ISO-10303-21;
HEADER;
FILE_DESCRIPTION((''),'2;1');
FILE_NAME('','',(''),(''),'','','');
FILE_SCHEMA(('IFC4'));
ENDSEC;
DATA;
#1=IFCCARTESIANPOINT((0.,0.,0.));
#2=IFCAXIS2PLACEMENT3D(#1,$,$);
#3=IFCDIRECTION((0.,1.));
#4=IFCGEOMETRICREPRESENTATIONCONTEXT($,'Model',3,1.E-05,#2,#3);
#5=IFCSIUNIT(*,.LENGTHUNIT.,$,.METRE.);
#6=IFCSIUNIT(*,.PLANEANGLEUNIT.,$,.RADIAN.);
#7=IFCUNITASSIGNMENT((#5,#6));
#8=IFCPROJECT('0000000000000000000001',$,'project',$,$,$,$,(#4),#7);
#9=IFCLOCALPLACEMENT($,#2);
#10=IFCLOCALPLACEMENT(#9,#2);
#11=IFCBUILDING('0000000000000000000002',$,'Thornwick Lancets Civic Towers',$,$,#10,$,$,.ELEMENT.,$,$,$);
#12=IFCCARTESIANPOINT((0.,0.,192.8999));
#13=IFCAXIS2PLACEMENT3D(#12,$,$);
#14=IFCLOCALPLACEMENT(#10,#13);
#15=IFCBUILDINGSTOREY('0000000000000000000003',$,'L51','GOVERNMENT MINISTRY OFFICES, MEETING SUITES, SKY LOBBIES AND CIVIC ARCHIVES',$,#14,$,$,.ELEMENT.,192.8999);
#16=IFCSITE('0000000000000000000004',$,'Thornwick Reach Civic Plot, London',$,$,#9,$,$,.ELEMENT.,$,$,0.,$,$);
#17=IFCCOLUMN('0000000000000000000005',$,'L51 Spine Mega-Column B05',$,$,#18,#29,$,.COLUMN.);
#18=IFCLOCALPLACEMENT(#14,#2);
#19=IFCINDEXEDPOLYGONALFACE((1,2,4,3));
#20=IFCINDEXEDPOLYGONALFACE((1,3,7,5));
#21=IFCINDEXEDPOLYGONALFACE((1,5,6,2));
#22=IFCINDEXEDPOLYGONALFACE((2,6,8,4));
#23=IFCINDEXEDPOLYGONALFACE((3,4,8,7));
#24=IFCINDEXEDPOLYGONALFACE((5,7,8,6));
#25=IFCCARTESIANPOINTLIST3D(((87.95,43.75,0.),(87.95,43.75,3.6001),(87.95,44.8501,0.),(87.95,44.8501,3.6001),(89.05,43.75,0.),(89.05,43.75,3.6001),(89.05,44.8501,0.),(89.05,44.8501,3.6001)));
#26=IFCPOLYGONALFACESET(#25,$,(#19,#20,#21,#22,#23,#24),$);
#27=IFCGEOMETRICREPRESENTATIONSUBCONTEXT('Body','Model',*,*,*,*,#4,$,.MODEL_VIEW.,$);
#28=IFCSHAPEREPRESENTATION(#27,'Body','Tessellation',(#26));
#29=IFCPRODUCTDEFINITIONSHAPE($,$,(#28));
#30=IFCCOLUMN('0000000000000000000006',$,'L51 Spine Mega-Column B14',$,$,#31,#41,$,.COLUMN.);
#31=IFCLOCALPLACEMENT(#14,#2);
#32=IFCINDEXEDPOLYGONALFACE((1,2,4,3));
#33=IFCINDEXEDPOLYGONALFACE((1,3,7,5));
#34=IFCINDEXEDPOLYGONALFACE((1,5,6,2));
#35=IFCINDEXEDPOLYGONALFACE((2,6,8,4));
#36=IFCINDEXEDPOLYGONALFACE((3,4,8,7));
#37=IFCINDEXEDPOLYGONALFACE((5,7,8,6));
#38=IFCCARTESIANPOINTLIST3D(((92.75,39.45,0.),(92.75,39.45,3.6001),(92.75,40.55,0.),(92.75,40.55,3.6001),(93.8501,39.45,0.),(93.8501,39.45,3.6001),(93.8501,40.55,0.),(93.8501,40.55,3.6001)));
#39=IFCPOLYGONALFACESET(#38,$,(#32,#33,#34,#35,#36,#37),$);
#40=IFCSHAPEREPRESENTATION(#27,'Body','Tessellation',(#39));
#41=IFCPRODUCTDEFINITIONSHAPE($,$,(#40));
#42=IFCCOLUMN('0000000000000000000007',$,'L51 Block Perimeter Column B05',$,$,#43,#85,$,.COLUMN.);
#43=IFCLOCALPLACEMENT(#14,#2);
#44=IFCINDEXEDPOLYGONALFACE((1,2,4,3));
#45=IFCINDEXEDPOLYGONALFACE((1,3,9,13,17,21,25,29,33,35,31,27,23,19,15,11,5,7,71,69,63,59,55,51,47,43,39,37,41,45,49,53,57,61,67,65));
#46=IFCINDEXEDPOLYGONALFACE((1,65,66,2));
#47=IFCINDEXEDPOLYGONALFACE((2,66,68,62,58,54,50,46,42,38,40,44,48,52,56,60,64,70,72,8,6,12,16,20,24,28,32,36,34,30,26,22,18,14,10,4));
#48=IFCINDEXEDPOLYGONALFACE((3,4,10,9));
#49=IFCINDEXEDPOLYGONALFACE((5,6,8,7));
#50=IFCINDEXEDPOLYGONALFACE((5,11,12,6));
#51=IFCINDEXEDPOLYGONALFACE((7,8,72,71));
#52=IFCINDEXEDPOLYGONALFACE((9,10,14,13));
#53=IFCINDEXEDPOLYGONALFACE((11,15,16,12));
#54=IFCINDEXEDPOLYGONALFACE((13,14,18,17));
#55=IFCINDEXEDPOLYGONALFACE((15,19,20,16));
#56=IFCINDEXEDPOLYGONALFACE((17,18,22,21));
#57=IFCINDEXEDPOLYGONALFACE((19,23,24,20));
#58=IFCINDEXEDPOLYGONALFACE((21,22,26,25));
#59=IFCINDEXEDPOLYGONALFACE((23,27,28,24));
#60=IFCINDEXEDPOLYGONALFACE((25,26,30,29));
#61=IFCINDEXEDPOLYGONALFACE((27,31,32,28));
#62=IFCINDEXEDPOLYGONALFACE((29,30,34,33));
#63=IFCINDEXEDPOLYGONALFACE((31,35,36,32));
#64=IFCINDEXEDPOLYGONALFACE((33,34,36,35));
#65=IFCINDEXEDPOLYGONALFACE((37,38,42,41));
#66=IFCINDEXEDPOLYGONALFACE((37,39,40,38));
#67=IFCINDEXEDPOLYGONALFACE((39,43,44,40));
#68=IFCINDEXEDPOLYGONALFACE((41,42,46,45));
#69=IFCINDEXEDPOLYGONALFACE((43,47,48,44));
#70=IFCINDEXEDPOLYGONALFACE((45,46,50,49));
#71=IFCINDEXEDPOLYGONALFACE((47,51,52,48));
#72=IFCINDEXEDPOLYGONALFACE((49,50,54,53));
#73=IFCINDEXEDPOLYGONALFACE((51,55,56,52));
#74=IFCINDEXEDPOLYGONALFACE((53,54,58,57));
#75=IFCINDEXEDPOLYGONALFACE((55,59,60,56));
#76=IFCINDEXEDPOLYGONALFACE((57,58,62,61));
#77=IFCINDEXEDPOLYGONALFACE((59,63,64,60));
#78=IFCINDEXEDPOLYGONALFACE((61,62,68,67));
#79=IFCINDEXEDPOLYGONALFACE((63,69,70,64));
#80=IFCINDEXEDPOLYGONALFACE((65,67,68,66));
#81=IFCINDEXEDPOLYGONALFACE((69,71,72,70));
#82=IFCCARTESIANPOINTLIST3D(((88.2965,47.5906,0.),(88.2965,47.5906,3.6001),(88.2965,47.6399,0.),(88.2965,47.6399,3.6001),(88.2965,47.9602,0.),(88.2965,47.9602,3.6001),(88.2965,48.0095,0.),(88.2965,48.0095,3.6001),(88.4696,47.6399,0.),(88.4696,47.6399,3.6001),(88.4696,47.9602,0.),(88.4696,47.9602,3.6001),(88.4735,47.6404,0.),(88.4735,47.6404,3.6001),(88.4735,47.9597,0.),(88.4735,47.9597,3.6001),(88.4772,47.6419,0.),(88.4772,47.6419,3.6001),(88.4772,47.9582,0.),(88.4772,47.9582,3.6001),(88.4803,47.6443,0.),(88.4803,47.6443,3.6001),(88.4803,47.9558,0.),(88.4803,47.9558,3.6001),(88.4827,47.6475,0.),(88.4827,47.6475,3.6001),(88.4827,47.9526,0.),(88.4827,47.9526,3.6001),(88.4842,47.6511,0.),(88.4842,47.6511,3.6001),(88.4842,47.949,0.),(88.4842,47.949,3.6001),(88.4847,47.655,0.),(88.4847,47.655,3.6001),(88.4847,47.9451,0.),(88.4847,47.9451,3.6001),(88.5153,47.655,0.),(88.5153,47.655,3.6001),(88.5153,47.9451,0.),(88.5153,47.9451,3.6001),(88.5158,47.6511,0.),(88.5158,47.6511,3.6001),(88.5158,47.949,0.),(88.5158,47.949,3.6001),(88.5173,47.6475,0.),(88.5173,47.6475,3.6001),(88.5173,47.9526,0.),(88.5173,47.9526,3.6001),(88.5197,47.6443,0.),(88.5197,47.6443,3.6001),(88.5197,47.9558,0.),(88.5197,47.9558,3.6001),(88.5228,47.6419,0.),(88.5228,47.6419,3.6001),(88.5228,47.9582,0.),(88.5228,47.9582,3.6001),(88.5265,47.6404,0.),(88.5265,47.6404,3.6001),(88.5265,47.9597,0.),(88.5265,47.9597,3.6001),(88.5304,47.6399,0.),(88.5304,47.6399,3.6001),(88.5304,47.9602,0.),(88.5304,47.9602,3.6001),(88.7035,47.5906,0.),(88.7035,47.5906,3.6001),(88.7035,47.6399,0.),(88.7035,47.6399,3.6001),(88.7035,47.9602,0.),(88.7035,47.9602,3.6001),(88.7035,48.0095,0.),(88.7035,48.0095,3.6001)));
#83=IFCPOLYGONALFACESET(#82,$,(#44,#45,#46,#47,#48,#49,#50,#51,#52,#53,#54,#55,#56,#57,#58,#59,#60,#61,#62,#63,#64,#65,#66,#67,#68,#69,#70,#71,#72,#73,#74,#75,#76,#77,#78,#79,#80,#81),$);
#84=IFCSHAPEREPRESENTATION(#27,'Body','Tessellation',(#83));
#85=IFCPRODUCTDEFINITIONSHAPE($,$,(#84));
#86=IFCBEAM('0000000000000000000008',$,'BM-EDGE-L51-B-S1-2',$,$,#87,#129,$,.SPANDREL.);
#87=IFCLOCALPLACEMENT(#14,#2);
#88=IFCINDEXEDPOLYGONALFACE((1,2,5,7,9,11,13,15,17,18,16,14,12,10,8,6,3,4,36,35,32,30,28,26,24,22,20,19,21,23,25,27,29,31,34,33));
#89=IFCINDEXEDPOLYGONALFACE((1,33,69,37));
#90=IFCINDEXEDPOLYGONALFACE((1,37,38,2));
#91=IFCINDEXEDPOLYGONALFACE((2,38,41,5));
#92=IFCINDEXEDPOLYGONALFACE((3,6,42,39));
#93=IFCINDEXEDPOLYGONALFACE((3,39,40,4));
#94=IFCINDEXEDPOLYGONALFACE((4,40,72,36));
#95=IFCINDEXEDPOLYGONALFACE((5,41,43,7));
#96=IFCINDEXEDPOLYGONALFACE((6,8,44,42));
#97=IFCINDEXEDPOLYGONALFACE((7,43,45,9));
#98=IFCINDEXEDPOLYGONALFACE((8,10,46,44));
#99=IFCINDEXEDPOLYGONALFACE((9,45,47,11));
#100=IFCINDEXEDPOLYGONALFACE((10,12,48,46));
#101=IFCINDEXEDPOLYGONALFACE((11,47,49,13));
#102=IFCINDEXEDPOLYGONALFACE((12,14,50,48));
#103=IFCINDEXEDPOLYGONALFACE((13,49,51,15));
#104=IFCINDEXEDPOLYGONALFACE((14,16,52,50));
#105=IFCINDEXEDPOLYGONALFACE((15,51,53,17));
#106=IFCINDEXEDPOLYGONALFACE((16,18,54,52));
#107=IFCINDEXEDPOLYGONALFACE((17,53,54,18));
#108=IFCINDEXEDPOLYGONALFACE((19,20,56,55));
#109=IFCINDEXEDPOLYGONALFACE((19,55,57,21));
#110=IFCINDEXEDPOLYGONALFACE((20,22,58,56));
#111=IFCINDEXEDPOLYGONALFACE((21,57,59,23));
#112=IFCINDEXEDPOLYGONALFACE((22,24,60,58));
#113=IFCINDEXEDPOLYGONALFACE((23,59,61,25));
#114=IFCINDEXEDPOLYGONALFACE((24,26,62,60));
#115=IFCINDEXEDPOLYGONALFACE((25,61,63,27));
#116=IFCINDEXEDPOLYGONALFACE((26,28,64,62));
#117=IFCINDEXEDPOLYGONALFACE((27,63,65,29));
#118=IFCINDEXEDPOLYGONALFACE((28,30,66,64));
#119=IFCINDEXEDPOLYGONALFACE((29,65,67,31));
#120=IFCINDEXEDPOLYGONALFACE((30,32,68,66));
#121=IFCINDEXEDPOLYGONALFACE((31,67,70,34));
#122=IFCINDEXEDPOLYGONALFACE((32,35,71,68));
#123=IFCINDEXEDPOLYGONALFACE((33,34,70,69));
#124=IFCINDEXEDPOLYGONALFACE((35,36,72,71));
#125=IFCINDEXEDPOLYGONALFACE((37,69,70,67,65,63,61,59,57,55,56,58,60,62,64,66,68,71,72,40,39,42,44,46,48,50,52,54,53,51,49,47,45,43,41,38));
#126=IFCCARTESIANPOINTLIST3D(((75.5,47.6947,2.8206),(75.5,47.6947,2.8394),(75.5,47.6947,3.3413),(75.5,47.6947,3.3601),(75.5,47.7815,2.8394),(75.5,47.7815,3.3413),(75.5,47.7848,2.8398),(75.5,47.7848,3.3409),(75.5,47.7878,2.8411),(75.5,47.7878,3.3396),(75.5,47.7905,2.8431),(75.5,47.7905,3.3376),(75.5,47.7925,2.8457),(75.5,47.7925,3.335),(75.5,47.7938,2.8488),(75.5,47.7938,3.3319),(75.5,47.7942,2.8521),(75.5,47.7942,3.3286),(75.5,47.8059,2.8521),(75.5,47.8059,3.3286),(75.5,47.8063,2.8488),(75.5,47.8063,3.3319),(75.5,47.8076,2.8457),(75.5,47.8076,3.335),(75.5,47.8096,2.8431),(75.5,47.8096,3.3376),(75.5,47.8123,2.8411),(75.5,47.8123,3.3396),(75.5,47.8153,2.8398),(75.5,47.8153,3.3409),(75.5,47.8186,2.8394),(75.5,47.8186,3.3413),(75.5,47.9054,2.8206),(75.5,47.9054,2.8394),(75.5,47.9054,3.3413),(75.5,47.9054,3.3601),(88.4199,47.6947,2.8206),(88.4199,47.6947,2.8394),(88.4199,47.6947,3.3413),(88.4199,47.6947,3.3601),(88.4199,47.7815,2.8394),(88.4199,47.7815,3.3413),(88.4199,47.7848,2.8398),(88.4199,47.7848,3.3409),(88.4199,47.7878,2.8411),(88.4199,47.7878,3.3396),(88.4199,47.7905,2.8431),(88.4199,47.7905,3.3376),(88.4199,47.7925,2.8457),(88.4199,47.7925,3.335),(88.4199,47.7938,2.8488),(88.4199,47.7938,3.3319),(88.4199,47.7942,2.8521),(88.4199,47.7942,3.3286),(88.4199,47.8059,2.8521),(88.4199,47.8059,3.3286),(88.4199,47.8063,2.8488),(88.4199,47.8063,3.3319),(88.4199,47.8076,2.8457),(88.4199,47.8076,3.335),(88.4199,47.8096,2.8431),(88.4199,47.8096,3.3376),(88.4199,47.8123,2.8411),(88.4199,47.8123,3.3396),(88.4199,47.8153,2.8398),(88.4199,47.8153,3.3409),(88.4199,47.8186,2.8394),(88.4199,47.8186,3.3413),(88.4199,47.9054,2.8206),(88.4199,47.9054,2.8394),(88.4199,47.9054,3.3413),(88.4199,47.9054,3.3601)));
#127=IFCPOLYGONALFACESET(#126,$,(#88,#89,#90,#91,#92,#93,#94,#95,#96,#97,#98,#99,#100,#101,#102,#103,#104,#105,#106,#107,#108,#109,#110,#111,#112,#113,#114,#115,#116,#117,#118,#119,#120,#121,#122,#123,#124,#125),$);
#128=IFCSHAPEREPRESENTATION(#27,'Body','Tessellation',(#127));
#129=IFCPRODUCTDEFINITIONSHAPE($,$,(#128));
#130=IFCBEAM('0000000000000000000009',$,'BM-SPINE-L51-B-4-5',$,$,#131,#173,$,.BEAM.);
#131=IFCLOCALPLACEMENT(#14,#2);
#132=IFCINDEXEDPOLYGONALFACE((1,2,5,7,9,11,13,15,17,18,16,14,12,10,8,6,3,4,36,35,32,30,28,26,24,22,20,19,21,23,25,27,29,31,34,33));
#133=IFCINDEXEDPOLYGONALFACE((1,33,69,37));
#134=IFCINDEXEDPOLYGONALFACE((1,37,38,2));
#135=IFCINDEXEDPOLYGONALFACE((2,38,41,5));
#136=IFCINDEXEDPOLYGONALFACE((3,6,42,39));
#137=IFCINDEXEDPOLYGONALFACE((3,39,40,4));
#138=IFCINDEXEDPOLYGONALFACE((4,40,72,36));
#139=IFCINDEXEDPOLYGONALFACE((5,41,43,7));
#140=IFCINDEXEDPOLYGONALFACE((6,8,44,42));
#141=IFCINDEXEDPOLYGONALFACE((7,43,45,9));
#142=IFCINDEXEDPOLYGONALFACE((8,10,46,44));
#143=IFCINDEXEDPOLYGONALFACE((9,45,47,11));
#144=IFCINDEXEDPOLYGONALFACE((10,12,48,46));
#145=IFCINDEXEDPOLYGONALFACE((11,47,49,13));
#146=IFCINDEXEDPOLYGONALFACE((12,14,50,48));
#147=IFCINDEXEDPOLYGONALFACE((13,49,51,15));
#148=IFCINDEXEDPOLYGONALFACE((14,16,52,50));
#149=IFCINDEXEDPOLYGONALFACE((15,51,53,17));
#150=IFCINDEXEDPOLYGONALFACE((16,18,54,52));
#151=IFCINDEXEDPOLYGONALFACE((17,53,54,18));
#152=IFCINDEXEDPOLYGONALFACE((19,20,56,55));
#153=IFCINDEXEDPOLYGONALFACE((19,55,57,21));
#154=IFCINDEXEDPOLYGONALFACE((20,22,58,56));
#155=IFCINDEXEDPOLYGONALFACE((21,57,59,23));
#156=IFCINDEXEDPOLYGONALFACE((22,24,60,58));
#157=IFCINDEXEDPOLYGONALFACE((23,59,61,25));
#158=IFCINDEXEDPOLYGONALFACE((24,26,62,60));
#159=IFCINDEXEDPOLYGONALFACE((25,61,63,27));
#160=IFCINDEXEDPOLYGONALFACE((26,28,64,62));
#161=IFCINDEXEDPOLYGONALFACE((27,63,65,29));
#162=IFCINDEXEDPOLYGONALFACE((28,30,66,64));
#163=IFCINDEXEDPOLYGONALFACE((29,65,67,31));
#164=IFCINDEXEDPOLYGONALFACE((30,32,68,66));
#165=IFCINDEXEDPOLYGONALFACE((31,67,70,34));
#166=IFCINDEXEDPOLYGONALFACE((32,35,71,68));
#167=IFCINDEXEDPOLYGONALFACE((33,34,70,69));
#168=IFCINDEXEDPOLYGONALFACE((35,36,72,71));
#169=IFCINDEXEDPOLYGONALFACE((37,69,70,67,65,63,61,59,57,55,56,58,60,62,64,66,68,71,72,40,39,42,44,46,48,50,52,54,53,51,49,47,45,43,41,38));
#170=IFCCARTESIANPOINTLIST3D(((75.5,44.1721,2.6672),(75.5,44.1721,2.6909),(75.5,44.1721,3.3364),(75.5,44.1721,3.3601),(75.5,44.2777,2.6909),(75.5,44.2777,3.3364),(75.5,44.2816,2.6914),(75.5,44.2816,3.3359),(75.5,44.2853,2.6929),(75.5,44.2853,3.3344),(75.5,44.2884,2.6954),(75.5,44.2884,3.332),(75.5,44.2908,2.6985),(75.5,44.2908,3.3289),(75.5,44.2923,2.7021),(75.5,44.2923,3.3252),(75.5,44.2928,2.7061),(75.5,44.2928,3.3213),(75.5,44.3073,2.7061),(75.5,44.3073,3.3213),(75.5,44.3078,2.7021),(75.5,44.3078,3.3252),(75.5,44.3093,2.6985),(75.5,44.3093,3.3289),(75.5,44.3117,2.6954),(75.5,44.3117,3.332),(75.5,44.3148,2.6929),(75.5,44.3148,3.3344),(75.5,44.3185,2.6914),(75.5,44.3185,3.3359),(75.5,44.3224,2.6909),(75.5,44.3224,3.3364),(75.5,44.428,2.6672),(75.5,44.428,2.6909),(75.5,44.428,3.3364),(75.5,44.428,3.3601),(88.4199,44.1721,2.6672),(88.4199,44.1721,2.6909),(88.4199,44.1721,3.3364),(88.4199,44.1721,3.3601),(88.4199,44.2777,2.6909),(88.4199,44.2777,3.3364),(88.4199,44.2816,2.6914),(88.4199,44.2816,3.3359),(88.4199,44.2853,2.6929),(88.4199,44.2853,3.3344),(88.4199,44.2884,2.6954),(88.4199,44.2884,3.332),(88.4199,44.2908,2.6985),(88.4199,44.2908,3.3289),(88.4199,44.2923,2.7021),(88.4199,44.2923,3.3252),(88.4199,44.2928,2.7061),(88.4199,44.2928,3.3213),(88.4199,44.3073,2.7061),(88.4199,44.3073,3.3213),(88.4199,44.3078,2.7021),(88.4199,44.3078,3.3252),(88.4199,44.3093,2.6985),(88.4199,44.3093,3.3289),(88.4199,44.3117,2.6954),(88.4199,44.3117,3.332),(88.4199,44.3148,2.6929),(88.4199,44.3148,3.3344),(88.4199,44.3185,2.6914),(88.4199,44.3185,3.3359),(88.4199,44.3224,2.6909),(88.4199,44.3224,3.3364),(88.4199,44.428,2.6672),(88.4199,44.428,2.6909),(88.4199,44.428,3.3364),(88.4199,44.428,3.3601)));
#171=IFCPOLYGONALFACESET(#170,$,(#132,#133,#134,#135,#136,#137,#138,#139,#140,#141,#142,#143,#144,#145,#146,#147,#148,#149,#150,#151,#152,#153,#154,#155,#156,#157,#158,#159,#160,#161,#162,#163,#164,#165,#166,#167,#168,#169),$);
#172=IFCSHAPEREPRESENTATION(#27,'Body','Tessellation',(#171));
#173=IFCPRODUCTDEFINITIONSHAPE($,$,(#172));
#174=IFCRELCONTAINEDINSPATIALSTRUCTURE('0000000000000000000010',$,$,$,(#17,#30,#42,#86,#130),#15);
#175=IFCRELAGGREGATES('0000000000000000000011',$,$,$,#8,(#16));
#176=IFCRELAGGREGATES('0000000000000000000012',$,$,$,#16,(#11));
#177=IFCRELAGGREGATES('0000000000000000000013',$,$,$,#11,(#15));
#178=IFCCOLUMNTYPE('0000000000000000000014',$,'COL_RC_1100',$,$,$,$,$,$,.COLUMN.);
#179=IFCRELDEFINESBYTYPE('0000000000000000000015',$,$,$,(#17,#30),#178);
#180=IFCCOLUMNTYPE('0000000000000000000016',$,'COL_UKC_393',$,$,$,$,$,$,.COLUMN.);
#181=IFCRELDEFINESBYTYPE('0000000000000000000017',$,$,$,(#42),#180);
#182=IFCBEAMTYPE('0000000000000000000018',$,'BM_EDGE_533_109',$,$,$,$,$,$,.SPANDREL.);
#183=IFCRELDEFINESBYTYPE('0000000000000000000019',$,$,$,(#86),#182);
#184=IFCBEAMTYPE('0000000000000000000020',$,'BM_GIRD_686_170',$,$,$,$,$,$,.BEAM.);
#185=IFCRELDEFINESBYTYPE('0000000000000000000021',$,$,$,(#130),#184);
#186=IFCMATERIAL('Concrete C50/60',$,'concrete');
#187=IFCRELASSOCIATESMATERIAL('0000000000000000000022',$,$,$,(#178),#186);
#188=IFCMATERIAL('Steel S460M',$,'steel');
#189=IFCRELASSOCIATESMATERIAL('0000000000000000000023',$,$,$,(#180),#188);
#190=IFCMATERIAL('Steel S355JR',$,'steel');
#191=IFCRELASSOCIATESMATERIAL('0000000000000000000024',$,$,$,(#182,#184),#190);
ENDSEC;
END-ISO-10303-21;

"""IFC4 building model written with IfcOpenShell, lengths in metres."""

from ifc_helpers import new_model, si_unit, direction, frame, origin, origin_2d, place, context, subcontext, project, spatial, rectangle, i_section, extrude, material, material_profile, profile_set, type_object, element, save


model = new_model("IFC4")

# Units and contexts
model_context = context("Model", 3, precision=1e-05, world=origin(), true_north=direction((0.0, 1.0)))
body_context = subcontext(model_context, "Body", "Model", "MODEL_VIEW")
ifc_project = project(units=[si_unit("LENGTHUNIT", "METRE"), si_unit("PLANEANGLEUNIT", "RADIAN")], contexts=[model_context])

# Site, building, storey
site_placement = place(None, origin())
site = spatial("IfcSite", under=ifc_project, at=site_placement, Name="Thornwick Reach Civic Plot, London", CompositionType="ELEMENT", RefElevation=0.0)
building_placement = place(site_placement, origin())
building = spatial("IfcBuilding", under=site, at=building_placement, Name="Thornwick Lancets Civic Towers", CompositionType="ELEMENT")
storey_placement = place(building_placement, frame((0.0, 0.0, 192.8999)))
storey = spatial("IfcBuildingStorey", under=building, at=storey_placement, Name="L51", Description="GOVERNMENT MINISTRY OFFICES, MEETING SUITES, SKY LOBBIES AND CIVIC ARCHIVES", CompositionType="ELEMENT", Elevation=192.8999)

# Columns
ifc_material_1 = material(Name="Concrete C50/60", Category="concrete")
ifc_material_profile_1 = material_profile(ifc_material_1, rectangle(XDim=1.1001, YDim=1.1001, at=origin_2d()), Name="RC 1100x1100")
ifc_profile_set_1 = profile_set([ifc_material_profile_1], Name="Concrete C50/60")
column_type_1 = type_object("IfcColumnType", Name="COL_RC_1100", PredefinedType="COLUMN", material=ifc_profile_set_1)
for number, where, z_axis, x_axis, name in (
    (1, (88.5, 44.3, 0.0), (0.0, 0.0, 1.0), (1.0, 0.0, 0.0), "L51 Spine Mega-Column B05"),
    (2, (93.3, 40.0, 0.0), (0.0, 0.0, 1.0), (1.0, 0.0, 0.0), "L51 Spine Mega-Column B14"),
):
    element("IfcColumn", number, at=place(storey_placement, frame(where, z_axis=z_axis, x_axis=x_axis)), inside=storey, type_object=column_type_1, Name=name, PredefinedType="COLUMN", context=body_context, shape_type="SweptSolid", body=[
        extrude(rectangle(XDim=1.1001, YDim=1.1001, at=origin_2d()), origin(), (0.0, 0.0, 1.0), 3.6001),
    ])
ifc_material_2 = material(Name="Steel S460M", Category="steel")
ifc_material_profile_2 = material_profile(ifc_material_2, i_section(OverallWidth=0.407, OverallDepth=0.4189, WebThickness=0.0305, FlangeThickness=0.0493, FilletRadius=0.0151, at=origin_2d()), Name="UKC 356x406x393")
ifc_profile_set_2 = profile_set([ifc_material_profile_2], Name="Steel S460M")
column_type_2 = type_object("IfcColumnType", Name="COL_UKC_393", PredefinedType="COLUMN", material=ifc_profile_set_2)
column_placement = place(storey_placement, frame((88.5, 47.8, 0.0), z_axis=(0.0, 0.0, 1.0), x_axis=(1.0, 0.0, 0.0)))
element("IfcColumn", 3, at=column_placement, inside=storey, type_object=column_type_2, Name="L51 Block Perimeter Column B05", PredefinedType="COLUMN", context=body_context, shape_type="SweptSolid", body=[
    extrude(i_section(OverallWidth=0.407, OverallDepth=0.4189, WebThickness=0.0305, FlangeThickness=0.0493, FilletRadius=0.0151, at=origin_2d()), origin(), (0.0, 0.0, 1.0), 3.6001),
])

# Beams
ifc_material_3 = material(Name="Steel S355JR", Category="steel")
ifc_material_profile_3 = material_profile(ifc_material_3, i_section(OverallWidth=0.2107, OverallDepth=0.5396, WebThickness=0.0117, FlangeThickness=0.0188, FilletRadius=0.0127, at=origin_2d()), Name="UKB 533x210x109")
ifc_profile_set_3 = profile_set([ifc_material_profile_3], Name="Steel S355JR")
beam_type_1 = type_object("IfcBeamType", Name="BM_EDGE_533_109", PredefinedType="SPANDREL", material=ifc_profile_set_3)
beam_1_placement = place(storey_placement, frame((88.4199, 47.8, 3.0903), z_axis=(-1.0, 0.0, 0.0), x_axis=(0.0, -1.0, 0.0)))
element("IfcBeam", 4, at=beam_1_placement, inside=storey, type_object=beam_type_1, Name="BM-EDGE-L51-B-S1-2", PredefinedType="SPANDREL", context=body_context, shape_type="SweptSolid", body=[
    extrude(i_section(OverallWidth=0.2107, OverallDepth=0.5396, WebThickness=0.0117, FlangeThickness=0.0188, FilletRadius=0.0127, at=origin_2d()), origin(), (0.0, 0.0, 1.0), 12.9199),
])
ifc_material_profile_4 = material_profile(ifc_material_3, i_section(OverallWidth=0.2559, OverallDepth=0.6929, WebThickness=0.0144, FlangeThickness=0.0237, FilletRadius=0.0151, at=origin_2d()), Name="UKB 686x254x170")
ifc_profile_set_4 = profile_set([ifc_material_profile_4], Name="Steel S355JR")
beam_type_2 = type_object("IfcBeamType", Name="BM_GIRD_686_170", PredefinedType="BEAM", material=ifc_profile_set_4)
beam_2_placement = place(storey_placement, frame((88.4199, 44.3, 3.0137), z_axis=(-1.0, 0.0, 0.0), x_axis=(0.0, -1.0, 0.0)))
element("IfcBeam", 5, at=beam_2_placement, inside=storey, type_object=beam_type_2, Name="BM-SPINE-L51-B-4-5", PredefinedType="BEAM", context=body_context, shape_type="SweptSolid", body=[
    extrude(i_section(OverallWidth=0.2559, OverallDepth=0.6929, WebThickness=0.0144, FlangeThickness=0.0237, FilletRadius=0.0151, at=origin_2d()), origin(), (0.0, 0.0, 1.0), 12.9199),
])

save(model, "model.ifc")
